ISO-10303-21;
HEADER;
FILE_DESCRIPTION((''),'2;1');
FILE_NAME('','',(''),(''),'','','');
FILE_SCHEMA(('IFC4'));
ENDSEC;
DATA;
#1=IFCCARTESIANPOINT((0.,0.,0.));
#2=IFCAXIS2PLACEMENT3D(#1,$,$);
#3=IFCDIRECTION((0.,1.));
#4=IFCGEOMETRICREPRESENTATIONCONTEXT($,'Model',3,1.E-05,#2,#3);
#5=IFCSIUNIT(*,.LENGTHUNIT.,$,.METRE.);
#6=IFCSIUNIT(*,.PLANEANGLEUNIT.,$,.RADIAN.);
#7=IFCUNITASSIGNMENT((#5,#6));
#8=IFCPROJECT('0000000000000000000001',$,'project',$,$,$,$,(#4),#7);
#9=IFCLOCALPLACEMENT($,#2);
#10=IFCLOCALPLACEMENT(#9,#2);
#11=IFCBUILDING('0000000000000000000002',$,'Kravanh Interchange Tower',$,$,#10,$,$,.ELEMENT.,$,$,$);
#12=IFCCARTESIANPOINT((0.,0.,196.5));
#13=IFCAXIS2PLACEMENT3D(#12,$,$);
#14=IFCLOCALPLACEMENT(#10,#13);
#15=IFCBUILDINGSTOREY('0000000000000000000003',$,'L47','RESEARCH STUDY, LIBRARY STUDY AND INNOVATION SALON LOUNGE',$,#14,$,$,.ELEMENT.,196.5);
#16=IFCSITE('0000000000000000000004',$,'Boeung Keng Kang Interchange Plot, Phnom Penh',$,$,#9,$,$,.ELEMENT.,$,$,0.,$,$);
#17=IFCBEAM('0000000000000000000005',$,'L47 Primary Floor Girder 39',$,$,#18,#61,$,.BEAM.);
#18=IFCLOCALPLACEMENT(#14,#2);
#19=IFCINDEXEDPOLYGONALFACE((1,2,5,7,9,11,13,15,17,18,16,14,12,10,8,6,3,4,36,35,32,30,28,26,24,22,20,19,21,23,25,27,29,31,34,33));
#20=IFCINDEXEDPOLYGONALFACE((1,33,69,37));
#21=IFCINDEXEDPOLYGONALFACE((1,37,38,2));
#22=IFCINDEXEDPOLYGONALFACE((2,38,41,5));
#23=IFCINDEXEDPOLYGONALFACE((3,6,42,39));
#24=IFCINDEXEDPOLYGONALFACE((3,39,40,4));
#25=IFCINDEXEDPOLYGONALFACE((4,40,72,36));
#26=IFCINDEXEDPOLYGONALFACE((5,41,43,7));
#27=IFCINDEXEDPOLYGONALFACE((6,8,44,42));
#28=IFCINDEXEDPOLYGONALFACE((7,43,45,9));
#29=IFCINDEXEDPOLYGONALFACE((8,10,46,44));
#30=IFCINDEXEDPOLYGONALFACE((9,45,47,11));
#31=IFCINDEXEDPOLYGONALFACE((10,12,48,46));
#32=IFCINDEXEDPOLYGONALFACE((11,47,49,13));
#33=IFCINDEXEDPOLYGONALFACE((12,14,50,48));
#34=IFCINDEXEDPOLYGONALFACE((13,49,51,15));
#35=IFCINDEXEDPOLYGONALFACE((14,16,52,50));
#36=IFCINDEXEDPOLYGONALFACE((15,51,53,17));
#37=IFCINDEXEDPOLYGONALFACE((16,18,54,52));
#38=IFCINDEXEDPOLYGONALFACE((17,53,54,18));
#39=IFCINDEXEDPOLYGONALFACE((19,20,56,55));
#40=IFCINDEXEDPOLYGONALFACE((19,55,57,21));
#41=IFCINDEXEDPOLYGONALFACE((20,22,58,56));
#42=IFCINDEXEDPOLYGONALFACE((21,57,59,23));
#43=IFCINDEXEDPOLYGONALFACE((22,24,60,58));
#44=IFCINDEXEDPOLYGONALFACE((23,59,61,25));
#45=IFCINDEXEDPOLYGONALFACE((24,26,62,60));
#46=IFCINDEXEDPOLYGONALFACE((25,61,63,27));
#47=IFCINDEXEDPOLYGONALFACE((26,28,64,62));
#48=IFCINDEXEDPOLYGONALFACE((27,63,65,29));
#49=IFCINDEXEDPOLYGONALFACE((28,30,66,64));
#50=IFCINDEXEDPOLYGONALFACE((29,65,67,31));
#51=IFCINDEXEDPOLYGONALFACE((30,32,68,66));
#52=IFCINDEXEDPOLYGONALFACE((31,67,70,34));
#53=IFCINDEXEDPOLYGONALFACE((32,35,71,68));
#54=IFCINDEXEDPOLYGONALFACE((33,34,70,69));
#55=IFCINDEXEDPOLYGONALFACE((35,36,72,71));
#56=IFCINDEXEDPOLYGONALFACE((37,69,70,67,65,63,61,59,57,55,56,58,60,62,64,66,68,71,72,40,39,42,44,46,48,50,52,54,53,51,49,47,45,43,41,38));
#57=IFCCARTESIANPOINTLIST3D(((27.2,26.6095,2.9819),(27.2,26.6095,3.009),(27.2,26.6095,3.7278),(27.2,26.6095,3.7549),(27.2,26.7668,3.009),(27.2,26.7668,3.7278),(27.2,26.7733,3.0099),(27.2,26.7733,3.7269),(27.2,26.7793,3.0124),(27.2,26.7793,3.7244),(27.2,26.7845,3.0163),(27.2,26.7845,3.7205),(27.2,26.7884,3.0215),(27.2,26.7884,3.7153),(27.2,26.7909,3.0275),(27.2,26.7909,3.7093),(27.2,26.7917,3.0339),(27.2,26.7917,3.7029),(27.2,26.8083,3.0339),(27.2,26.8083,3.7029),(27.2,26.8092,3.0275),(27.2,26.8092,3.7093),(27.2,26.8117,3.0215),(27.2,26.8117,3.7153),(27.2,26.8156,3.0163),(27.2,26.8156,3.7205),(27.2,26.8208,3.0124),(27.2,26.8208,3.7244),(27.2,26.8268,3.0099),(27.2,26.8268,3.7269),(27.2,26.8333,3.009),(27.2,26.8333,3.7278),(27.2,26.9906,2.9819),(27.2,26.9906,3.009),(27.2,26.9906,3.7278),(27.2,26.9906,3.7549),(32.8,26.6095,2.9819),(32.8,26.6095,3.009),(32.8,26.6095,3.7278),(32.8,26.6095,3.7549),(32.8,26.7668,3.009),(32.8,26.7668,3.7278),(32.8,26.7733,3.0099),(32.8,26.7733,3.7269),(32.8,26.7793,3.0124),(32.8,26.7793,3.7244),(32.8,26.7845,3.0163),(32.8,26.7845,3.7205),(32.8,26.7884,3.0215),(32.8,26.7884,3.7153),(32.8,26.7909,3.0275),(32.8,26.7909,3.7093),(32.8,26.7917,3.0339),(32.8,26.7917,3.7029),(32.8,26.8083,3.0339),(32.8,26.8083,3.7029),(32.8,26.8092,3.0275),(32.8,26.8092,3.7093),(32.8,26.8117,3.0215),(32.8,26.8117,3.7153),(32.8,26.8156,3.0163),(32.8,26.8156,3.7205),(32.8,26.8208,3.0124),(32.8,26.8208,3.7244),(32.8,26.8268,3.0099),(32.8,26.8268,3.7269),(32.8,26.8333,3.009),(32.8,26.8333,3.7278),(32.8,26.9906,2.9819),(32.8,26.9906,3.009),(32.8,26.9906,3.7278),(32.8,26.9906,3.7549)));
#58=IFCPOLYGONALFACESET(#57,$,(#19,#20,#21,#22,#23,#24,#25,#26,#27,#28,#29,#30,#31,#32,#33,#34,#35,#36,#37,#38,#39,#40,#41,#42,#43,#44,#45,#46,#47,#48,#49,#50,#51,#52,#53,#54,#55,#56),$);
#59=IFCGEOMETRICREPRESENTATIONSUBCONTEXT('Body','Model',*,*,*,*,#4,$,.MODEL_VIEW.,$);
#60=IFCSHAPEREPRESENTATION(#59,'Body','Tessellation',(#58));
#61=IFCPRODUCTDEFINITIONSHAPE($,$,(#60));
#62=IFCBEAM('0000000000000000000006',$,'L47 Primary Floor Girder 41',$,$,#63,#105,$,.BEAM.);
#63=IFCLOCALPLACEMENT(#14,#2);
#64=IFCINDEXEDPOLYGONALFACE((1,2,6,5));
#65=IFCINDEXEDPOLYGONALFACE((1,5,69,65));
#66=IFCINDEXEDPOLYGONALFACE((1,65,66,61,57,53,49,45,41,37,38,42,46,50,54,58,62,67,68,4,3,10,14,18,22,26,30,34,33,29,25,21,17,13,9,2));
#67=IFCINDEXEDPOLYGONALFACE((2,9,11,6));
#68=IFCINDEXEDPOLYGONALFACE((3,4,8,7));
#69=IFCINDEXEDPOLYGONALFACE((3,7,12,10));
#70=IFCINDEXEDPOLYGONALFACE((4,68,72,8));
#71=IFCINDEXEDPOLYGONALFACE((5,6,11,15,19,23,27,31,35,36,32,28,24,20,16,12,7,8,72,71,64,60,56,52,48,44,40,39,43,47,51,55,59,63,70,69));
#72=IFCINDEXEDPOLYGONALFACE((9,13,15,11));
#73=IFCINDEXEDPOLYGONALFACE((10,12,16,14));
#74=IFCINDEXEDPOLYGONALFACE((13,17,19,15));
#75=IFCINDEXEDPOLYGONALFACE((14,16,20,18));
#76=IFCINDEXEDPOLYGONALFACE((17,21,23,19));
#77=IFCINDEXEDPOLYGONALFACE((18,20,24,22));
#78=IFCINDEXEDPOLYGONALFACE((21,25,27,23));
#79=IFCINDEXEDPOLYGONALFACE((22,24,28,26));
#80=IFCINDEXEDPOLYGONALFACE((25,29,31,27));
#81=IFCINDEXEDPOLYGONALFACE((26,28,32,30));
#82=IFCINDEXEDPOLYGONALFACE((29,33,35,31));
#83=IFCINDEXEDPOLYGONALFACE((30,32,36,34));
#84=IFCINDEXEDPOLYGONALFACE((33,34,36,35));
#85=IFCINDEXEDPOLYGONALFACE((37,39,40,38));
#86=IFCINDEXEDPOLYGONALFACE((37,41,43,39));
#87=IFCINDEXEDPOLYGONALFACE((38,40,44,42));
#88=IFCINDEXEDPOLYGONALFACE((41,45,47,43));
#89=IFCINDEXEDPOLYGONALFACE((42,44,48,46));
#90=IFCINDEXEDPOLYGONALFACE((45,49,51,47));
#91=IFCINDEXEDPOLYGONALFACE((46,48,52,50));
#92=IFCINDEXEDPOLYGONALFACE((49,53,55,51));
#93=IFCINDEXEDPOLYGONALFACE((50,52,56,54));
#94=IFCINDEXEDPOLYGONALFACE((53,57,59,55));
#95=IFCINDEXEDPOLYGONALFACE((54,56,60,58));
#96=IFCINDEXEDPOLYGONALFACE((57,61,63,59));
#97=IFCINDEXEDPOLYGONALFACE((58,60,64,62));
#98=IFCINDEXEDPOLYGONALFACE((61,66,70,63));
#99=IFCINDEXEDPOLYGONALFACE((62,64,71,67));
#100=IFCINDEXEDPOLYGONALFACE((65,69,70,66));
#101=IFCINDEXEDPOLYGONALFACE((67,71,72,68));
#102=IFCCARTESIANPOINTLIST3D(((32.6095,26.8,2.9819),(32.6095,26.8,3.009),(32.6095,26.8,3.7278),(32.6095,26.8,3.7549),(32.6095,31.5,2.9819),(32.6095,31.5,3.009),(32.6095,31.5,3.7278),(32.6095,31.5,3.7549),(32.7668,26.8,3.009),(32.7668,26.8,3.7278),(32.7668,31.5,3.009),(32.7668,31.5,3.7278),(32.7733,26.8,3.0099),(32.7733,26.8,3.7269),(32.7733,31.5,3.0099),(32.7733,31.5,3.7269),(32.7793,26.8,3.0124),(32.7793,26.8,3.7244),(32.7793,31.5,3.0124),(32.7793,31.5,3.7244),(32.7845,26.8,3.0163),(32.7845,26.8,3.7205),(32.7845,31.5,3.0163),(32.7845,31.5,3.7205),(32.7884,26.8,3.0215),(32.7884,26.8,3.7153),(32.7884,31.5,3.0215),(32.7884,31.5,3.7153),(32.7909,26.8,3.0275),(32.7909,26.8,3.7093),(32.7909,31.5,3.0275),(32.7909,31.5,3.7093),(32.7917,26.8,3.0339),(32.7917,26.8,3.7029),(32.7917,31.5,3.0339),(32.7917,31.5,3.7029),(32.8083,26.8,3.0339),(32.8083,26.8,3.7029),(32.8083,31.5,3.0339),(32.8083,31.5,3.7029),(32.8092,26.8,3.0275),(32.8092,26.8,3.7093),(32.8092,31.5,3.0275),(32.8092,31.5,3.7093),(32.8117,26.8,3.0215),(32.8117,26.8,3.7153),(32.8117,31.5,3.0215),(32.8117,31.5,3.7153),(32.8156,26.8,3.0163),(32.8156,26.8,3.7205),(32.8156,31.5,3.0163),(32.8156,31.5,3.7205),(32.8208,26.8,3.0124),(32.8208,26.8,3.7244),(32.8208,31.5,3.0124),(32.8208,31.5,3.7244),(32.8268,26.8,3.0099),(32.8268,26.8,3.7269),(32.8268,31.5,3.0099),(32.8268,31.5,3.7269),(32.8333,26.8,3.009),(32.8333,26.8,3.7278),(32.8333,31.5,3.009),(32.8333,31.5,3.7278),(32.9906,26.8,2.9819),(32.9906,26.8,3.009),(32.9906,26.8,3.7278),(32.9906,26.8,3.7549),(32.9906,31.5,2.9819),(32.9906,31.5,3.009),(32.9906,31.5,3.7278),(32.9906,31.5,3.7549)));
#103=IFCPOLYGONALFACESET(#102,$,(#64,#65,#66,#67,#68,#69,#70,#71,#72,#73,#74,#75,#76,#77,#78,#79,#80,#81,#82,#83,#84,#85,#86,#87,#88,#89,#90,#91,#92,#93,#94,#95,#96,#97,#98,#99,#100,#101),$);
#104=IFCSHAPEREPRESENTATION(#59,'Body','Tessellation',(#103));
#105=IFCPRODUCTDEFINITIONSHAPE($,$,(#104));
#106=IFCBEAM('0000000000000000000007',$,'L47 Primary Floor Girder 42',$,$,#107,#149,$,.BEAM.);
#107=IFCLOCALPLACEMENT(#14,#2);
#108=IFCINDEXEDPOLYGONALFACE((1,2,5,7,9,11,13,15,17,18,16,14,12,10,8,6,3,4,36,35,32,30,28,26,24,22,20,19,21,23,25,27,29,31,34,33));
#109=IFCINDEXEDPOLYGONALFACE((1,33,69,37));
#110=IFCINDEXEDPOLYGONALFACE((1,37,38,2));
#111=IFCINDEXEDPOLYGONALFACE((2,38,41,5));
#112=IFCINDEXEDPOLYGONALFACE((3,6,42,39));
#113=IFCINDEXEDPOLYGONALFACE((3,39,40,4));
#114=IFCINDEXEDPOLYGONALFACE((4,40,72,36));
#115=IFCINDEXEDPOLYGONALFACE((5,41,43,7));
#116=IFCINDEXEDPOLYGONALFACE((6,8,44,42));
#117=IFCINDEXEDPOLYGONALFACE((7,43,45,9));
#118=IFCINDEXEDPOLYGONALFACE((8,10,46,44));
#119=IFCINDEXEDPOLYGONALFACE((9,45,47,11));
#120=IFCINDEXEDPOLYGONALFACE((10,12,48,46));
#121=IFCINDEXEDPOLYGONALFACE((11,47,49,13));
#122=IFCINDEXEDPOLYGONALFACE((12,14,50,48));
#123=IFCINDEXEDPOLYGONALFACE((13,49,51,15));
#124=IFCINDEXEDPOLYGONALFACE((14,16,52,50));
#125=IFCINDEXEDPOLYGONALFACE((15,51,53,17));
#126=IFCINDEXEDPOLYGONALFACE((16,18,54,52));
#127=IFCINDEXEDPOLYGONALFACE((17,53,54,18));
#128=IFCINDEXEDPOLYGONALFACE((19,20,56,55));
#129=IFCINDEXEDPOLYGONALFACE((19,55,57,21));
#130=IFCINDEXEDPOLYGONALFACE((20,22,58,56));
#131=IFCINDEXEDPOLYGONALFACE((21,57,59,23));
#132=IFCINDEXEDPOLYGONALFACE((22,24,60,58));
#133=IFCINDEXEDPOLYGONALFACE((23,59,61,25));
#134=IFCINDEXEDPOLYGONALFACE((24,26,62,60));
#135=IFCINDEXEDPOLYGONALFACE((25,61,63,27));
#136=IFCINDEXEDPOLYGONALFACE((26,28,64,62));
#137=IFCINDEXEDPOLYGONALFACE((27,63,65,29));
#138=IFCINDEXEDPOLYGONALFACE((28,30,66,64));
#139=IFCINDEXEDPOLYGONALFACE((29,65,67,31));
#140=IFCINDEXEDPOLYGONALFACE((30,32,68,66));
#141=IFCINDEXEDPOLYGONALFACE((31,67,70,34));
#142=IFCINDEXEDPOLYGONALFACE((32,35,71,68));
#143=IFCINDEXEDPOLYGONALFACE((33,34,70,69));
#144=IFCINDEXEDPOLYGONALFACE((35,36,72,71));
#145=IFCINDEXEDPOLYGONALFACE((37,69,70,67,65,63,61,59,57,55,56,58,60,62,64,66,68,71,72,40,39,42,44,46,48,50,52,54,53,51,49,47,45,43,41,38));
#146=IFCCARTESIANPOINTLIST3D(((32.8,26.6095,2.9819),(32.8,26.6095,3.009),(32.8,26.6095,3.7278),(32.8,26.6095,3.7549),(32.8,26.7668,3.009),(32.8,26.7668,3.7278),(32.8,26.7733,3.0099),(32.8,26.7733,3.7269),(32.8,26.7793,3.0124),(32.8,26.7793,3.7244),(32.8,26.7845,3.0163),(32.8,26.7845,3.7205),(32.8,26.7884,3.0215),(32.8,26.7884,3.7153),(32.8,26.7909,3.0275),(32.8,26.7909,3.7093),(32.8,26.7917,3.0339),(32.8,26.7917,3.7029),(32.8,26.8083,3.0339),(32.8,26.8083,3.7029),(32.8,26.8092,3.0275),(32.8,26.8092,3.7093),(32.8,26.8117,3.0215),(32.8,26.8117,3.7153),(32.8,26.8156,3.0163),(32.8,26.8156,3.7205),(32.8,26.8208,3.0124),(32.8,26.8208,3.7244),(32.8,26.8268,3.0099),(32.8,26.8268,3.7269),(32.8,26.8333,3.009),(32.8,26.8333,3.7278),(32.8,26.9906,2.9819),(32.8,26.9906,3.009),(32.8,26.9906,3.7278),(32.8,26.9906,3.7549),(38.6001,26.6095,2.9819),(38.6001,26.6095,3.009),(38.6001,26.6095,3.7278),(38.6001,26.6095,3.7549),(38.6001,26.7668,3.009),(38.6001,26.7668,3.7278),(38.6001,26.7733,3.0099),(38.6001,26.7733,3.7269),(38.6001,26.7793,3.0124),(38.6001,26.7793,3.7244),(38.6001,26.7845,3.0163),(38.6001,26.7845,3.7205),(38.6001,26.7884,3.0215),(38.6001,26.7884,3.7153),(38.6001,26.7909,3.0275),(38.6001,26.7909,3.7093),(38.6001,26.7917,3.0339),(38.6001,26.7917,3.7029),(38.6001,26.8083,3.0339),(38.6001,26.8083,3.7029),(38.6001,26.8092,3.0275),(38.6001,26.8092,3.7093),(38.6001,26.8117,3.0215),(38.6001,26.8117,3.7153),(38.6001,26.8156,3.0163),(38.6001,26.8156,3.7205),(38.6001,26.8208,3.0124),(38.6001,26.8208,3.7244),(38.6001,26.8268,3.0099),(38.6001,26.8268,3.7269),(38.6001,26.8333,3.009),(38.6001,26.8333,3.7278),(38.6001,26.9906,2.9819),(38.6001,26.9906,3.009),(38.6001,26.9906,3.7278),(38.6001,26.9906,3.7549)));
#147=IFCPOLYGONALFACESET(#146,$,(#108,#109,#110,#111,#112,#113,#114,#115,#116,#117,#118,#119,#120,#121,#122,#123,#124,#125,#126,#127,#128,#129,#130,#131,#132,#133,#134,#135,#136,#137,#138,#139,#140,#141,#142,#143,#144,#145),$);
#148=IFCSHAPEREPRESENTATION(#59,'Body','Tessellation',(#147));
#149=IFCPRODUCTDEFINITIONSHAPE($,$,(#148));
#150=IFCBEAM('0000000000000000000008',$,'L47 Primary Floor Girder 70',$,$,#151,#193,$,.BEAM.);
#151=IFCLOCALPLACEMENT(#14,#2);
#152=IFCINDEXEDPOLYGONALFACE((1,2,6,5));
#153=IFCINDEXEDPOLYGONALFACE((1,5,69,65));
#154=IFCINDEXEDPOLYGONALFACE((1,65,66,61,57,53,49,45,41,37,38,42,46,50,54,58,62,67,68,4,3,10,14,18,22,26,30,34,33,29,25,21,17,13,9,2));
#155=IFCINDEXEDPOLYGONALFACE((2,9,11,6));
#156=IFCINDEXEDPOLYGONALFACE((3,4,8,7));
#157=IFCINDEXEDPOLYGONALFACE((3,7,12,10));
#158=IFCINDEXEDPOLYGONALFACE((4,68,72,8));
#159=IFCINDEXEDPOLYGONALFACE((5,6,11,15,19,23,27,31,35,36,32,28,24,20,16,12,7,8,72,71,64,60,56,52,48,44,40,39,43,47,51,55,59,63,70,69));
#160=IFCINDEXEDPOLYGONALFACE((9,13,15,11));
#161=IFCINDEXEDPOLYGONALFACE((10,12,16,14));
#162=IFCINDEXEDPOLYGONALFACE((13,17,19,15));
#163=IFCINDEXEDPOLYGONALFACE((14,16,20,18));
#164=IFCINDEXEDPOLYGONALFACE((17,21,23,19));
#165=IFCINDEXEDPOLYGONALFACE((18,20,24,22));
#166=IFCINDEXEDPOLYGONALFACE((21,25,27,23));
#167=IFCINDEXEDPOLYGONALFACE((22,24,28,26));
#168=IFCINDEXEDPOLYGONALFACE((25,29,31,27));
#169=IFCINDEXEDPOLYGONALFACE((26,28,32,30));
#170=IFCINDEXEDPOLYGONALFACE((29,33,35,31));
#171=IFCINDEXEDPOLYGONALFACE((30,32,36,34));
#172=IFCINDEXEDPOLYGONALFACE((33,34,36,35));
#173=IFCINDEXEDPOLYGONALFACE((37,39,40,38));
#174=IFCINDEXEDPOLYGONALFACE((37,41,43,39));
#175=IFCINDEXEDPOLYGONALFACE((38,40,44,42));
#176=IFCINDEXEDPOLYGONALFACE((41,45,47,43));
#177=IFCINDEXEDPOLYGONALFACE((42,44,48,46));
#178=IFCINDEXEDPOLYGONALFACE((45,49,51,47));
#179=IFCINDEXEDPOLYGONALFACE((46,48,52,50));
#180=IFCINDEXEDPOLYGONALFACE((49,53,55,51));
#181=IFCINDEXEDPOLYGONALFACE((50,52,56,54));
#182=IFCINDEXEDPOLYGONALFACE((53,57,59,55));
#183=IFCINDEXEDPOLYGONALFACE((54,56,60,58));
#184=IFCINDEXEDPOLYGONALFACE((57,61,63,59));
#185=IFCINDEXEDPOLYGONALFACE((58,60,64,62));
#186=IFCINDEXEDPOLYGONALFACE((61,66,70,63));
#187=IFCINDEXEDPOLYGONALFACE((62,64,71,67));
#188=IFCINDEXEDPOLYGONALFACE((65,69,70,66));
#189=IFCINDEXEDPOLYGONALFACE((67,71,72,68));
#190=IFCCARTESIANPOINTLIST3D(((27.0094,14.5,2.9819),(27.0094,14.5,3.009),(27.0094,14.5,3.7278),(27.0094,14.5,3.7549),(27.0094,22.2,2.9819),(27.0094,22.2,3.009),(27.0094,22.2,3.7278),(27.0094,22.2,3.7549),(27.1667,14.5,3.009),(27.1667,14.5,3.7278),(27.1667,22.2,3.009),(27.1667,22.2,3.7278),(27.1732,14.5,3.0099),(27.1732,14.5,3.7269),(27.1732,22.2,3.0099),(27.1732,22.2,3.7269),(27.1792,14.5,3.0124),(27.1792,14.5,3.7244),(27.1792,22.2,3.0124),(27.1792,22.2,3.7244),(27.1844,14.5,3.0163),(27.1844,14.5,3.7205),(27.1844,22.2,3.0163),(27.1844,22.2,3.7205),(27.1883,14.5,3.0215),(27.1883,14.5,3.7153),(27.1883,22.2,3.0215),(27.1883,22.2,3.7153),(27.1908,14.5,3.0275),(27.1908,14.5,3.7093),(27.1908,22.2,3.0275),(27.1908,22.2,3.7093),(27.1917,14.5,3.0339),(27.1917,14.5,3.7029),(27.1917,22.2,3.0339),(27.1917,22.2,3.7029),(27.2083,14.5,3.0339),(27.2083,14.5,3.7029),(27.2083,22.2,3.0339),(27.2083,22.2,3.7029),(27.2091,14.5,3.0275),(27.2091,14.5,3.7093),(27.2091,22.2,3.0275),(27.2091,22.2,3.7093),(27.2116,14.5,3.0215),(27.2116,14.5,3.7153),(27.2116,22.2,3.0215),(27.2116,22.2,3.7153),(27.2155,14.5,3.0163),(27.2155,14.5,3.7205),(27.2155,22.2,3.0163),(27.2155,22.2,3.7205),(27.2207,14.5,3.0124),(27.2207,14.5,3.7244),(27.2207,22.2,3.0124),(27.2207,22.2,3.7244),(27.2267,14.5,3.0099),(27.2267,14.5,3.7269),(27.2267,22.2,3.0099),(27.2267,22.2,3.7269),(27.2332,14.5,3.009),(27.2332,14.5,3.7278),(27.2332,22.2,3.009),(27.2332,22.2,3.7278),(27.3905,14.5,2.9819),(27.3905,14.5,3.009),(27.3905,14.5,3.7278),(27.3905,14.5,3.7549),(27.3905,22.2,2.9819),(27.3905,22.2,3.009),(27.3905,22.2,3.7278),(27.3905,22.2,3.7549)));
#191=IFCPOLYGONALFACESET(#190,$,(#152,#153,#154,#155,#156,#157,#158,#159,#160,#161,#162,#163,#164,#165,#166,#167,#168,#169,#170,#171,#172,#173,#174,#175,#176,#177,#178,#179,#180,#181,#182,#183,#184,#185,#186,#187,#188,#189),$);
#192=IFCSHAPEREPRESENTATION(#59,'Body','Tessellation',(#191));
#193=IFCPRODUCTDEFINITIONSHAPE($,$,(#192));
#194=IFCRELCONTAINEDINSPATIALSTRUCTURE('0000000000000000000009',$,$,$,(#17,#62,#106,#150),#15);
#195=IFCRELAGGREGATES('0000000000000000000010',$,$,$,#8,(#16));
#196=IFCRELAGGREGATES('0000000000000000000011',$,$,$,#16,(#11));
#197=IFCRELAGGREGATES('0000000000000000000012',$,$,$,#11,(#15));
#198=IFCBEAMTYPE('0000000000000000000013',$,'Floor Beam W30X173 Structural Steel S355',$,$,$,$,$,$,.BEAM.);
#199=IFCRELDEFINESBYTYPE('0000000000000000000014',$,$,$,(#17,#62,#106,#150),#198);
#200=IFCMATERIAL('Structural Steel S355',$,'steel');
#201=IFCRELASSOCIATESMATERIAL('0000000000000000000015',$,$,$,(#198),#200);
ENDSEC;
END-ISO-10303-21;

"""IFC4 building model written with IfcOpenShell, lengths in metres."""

from ifc_helpers import new_model, si_unit, direction, frame, origin, origin_2d, place, context, subcontext, project, spatial, i_section, extrude, material, material_profile, profile_set, type_object, element, save


model = new_model("IFC4")

# Units and contexts
model_context = context("Model", 3, precision=1e-05, world=origin(), true_north=direction((0.0, 1.0)))
body_context = subcontext(model_context, "Body", "Model", "MODEL_VIEW")
ifc_project = project(units=[si_unit("LENGTHUNIT", "METRE"), si_unit("PLANEANGLEUNIT", "RADIAN")], contexts=[model_context])

# Site, building, storey
site_placement = place(None, origin())
site = spatial("IfcSite", under=ifc_project, at=site_placement, Name="Boeung Keng Kang Interchange Plot, Phnom Penh", CompositionType="ELEMENT", RefElevation=0.0)
building_placement = place(site_placement, origin())
building = spatial("IfcBuilding", under=site, at=building_placement, Name="Kravanh Interchange Tower", CompositionType="ELEMENT")
storey_placement = place(building_placement, frame((0.0, 0.0, 196.5)))
storey = spatial("IfcBuildingStorey", under=building, at=storey_placement, Name="L47", Description="RESEARCH STUDY, LIBRARY STUDY AND INNOVATION SALON LOUNGE", CompositionType="ELEMENT", Elevation=196.5)

# Beams
ifc_material_1 = material(Name="Structural Steel S355", Category="steel")
ifc_material_profile_1 = material_profile(ifc_material_1, i_section(OverallWidth=0.3811, OverallDepth=0.7729, WebThickness=0.0166, FlangeThickness=0.0271, FilletRadius=0.0249, at=origin_2d()), Name="W30X173")
ifc_profile_set_1 = profile_set([ifc_material_profile_1], Name="Structural Steel S355")
beam_type_1 = type_object("IfcBeamType", Name="Floor Beam W30X173 Structural Steel S355", PredefinedType="BEAM", material=ifc_profile_set_1)
beam_1_placement = place(storey_placement, frame((27.2, 26.8, 3.3684), z_axis=(1.0, 0.0, 0.0), x_axis=(0.0, 1.0, 0.0)))
element("IfcBeam", 1, at=beam_1_placement, inside=storey, type_object=beam_type_1, Name="L47 Primary Floor Girder 39", PredefinedType="BEAM", context=body_context, shape_type="SweptSolid", body=[
    extrude(i_section(OverallWidth=0.3811, OverallDepth=0.7729, WebThickness=0.0166, FlangeThickness=0.0271, FilletRadius=0.0249, at=origin_2d()), origin(), (0.0, 0.0, 1.0), 5.6001),
])
beam_2_placement = place(storey_placement, frame((32.8, 26.8, 3.3684), z_axis=(0.0, 1.0, 0.0), x_axis=(-1.0, 0.0, 0.0)))
element("IfcBeam", 2, at=beam_2_placement, inside=storey, type_object=beam_type_1, Name="L47 Primary Floor Girder 41", PredefinedType="BEAM", context=body_context, shape_type="SweptSolid", body=[
    extrude(i_section(OverallWidth=0.3811, OverallDepth=0.7729, WebThickness=0.0166, FlangeThickness=0.0271, FilletRadius=0.0249, at=origin_2d()), origin(), (0.0, 0.0, 1.0), 4.7),
])
beam_3_placement = place(storey_placement, frame((32.8, 26.8, 3.3684), z_axis=(1.0, 0.0, 0.0), x_axis=(0.0, 1.0, 0.0)))
element("IfcBeam", 3, at=beam_3_placement, inside=storey, type_object=beam_type_1, Name="L47 Primary Floor Girder 42", PredefinedType="BEAM", context=body_context, shape_type="SweptSolid", body=[
    extrude(i_section(OverallWidth=0.3811, OverallDepth=0.7729, WebThickness=0.0166, FlangeThickness=0.0271, FilletRadius=0.0249, at=origin_2d()), origin(), (0.0, 0.0, 1.0), 5.8),
])
beam_4_placement = place(storey_placement, frame((27.2, 14.5, 3.3684), z_axis=(0.0, 1.0, 0.0), x_axis=(-1.0, 0.0, 0.0)))
element("IfcBeam", 4, at=beam_4_placement, inside=storey, type_object=beam_type_1, Name="L47 Primary Floor Girder 70", PredefinedType="BEAM", context=body_context, shape_type="SweptSolid", body=[
    extrude(i_section(OverallWidth=0.3811, OverallDepth=0.7729, WebThickness=0.0166, FlangeThickness=0.0271, FilletRadius=0.0249, at=origin_2d()), origin(), (0.0, 0.0, 1.0), 7.7),
])

save(model, "model.ifc")
